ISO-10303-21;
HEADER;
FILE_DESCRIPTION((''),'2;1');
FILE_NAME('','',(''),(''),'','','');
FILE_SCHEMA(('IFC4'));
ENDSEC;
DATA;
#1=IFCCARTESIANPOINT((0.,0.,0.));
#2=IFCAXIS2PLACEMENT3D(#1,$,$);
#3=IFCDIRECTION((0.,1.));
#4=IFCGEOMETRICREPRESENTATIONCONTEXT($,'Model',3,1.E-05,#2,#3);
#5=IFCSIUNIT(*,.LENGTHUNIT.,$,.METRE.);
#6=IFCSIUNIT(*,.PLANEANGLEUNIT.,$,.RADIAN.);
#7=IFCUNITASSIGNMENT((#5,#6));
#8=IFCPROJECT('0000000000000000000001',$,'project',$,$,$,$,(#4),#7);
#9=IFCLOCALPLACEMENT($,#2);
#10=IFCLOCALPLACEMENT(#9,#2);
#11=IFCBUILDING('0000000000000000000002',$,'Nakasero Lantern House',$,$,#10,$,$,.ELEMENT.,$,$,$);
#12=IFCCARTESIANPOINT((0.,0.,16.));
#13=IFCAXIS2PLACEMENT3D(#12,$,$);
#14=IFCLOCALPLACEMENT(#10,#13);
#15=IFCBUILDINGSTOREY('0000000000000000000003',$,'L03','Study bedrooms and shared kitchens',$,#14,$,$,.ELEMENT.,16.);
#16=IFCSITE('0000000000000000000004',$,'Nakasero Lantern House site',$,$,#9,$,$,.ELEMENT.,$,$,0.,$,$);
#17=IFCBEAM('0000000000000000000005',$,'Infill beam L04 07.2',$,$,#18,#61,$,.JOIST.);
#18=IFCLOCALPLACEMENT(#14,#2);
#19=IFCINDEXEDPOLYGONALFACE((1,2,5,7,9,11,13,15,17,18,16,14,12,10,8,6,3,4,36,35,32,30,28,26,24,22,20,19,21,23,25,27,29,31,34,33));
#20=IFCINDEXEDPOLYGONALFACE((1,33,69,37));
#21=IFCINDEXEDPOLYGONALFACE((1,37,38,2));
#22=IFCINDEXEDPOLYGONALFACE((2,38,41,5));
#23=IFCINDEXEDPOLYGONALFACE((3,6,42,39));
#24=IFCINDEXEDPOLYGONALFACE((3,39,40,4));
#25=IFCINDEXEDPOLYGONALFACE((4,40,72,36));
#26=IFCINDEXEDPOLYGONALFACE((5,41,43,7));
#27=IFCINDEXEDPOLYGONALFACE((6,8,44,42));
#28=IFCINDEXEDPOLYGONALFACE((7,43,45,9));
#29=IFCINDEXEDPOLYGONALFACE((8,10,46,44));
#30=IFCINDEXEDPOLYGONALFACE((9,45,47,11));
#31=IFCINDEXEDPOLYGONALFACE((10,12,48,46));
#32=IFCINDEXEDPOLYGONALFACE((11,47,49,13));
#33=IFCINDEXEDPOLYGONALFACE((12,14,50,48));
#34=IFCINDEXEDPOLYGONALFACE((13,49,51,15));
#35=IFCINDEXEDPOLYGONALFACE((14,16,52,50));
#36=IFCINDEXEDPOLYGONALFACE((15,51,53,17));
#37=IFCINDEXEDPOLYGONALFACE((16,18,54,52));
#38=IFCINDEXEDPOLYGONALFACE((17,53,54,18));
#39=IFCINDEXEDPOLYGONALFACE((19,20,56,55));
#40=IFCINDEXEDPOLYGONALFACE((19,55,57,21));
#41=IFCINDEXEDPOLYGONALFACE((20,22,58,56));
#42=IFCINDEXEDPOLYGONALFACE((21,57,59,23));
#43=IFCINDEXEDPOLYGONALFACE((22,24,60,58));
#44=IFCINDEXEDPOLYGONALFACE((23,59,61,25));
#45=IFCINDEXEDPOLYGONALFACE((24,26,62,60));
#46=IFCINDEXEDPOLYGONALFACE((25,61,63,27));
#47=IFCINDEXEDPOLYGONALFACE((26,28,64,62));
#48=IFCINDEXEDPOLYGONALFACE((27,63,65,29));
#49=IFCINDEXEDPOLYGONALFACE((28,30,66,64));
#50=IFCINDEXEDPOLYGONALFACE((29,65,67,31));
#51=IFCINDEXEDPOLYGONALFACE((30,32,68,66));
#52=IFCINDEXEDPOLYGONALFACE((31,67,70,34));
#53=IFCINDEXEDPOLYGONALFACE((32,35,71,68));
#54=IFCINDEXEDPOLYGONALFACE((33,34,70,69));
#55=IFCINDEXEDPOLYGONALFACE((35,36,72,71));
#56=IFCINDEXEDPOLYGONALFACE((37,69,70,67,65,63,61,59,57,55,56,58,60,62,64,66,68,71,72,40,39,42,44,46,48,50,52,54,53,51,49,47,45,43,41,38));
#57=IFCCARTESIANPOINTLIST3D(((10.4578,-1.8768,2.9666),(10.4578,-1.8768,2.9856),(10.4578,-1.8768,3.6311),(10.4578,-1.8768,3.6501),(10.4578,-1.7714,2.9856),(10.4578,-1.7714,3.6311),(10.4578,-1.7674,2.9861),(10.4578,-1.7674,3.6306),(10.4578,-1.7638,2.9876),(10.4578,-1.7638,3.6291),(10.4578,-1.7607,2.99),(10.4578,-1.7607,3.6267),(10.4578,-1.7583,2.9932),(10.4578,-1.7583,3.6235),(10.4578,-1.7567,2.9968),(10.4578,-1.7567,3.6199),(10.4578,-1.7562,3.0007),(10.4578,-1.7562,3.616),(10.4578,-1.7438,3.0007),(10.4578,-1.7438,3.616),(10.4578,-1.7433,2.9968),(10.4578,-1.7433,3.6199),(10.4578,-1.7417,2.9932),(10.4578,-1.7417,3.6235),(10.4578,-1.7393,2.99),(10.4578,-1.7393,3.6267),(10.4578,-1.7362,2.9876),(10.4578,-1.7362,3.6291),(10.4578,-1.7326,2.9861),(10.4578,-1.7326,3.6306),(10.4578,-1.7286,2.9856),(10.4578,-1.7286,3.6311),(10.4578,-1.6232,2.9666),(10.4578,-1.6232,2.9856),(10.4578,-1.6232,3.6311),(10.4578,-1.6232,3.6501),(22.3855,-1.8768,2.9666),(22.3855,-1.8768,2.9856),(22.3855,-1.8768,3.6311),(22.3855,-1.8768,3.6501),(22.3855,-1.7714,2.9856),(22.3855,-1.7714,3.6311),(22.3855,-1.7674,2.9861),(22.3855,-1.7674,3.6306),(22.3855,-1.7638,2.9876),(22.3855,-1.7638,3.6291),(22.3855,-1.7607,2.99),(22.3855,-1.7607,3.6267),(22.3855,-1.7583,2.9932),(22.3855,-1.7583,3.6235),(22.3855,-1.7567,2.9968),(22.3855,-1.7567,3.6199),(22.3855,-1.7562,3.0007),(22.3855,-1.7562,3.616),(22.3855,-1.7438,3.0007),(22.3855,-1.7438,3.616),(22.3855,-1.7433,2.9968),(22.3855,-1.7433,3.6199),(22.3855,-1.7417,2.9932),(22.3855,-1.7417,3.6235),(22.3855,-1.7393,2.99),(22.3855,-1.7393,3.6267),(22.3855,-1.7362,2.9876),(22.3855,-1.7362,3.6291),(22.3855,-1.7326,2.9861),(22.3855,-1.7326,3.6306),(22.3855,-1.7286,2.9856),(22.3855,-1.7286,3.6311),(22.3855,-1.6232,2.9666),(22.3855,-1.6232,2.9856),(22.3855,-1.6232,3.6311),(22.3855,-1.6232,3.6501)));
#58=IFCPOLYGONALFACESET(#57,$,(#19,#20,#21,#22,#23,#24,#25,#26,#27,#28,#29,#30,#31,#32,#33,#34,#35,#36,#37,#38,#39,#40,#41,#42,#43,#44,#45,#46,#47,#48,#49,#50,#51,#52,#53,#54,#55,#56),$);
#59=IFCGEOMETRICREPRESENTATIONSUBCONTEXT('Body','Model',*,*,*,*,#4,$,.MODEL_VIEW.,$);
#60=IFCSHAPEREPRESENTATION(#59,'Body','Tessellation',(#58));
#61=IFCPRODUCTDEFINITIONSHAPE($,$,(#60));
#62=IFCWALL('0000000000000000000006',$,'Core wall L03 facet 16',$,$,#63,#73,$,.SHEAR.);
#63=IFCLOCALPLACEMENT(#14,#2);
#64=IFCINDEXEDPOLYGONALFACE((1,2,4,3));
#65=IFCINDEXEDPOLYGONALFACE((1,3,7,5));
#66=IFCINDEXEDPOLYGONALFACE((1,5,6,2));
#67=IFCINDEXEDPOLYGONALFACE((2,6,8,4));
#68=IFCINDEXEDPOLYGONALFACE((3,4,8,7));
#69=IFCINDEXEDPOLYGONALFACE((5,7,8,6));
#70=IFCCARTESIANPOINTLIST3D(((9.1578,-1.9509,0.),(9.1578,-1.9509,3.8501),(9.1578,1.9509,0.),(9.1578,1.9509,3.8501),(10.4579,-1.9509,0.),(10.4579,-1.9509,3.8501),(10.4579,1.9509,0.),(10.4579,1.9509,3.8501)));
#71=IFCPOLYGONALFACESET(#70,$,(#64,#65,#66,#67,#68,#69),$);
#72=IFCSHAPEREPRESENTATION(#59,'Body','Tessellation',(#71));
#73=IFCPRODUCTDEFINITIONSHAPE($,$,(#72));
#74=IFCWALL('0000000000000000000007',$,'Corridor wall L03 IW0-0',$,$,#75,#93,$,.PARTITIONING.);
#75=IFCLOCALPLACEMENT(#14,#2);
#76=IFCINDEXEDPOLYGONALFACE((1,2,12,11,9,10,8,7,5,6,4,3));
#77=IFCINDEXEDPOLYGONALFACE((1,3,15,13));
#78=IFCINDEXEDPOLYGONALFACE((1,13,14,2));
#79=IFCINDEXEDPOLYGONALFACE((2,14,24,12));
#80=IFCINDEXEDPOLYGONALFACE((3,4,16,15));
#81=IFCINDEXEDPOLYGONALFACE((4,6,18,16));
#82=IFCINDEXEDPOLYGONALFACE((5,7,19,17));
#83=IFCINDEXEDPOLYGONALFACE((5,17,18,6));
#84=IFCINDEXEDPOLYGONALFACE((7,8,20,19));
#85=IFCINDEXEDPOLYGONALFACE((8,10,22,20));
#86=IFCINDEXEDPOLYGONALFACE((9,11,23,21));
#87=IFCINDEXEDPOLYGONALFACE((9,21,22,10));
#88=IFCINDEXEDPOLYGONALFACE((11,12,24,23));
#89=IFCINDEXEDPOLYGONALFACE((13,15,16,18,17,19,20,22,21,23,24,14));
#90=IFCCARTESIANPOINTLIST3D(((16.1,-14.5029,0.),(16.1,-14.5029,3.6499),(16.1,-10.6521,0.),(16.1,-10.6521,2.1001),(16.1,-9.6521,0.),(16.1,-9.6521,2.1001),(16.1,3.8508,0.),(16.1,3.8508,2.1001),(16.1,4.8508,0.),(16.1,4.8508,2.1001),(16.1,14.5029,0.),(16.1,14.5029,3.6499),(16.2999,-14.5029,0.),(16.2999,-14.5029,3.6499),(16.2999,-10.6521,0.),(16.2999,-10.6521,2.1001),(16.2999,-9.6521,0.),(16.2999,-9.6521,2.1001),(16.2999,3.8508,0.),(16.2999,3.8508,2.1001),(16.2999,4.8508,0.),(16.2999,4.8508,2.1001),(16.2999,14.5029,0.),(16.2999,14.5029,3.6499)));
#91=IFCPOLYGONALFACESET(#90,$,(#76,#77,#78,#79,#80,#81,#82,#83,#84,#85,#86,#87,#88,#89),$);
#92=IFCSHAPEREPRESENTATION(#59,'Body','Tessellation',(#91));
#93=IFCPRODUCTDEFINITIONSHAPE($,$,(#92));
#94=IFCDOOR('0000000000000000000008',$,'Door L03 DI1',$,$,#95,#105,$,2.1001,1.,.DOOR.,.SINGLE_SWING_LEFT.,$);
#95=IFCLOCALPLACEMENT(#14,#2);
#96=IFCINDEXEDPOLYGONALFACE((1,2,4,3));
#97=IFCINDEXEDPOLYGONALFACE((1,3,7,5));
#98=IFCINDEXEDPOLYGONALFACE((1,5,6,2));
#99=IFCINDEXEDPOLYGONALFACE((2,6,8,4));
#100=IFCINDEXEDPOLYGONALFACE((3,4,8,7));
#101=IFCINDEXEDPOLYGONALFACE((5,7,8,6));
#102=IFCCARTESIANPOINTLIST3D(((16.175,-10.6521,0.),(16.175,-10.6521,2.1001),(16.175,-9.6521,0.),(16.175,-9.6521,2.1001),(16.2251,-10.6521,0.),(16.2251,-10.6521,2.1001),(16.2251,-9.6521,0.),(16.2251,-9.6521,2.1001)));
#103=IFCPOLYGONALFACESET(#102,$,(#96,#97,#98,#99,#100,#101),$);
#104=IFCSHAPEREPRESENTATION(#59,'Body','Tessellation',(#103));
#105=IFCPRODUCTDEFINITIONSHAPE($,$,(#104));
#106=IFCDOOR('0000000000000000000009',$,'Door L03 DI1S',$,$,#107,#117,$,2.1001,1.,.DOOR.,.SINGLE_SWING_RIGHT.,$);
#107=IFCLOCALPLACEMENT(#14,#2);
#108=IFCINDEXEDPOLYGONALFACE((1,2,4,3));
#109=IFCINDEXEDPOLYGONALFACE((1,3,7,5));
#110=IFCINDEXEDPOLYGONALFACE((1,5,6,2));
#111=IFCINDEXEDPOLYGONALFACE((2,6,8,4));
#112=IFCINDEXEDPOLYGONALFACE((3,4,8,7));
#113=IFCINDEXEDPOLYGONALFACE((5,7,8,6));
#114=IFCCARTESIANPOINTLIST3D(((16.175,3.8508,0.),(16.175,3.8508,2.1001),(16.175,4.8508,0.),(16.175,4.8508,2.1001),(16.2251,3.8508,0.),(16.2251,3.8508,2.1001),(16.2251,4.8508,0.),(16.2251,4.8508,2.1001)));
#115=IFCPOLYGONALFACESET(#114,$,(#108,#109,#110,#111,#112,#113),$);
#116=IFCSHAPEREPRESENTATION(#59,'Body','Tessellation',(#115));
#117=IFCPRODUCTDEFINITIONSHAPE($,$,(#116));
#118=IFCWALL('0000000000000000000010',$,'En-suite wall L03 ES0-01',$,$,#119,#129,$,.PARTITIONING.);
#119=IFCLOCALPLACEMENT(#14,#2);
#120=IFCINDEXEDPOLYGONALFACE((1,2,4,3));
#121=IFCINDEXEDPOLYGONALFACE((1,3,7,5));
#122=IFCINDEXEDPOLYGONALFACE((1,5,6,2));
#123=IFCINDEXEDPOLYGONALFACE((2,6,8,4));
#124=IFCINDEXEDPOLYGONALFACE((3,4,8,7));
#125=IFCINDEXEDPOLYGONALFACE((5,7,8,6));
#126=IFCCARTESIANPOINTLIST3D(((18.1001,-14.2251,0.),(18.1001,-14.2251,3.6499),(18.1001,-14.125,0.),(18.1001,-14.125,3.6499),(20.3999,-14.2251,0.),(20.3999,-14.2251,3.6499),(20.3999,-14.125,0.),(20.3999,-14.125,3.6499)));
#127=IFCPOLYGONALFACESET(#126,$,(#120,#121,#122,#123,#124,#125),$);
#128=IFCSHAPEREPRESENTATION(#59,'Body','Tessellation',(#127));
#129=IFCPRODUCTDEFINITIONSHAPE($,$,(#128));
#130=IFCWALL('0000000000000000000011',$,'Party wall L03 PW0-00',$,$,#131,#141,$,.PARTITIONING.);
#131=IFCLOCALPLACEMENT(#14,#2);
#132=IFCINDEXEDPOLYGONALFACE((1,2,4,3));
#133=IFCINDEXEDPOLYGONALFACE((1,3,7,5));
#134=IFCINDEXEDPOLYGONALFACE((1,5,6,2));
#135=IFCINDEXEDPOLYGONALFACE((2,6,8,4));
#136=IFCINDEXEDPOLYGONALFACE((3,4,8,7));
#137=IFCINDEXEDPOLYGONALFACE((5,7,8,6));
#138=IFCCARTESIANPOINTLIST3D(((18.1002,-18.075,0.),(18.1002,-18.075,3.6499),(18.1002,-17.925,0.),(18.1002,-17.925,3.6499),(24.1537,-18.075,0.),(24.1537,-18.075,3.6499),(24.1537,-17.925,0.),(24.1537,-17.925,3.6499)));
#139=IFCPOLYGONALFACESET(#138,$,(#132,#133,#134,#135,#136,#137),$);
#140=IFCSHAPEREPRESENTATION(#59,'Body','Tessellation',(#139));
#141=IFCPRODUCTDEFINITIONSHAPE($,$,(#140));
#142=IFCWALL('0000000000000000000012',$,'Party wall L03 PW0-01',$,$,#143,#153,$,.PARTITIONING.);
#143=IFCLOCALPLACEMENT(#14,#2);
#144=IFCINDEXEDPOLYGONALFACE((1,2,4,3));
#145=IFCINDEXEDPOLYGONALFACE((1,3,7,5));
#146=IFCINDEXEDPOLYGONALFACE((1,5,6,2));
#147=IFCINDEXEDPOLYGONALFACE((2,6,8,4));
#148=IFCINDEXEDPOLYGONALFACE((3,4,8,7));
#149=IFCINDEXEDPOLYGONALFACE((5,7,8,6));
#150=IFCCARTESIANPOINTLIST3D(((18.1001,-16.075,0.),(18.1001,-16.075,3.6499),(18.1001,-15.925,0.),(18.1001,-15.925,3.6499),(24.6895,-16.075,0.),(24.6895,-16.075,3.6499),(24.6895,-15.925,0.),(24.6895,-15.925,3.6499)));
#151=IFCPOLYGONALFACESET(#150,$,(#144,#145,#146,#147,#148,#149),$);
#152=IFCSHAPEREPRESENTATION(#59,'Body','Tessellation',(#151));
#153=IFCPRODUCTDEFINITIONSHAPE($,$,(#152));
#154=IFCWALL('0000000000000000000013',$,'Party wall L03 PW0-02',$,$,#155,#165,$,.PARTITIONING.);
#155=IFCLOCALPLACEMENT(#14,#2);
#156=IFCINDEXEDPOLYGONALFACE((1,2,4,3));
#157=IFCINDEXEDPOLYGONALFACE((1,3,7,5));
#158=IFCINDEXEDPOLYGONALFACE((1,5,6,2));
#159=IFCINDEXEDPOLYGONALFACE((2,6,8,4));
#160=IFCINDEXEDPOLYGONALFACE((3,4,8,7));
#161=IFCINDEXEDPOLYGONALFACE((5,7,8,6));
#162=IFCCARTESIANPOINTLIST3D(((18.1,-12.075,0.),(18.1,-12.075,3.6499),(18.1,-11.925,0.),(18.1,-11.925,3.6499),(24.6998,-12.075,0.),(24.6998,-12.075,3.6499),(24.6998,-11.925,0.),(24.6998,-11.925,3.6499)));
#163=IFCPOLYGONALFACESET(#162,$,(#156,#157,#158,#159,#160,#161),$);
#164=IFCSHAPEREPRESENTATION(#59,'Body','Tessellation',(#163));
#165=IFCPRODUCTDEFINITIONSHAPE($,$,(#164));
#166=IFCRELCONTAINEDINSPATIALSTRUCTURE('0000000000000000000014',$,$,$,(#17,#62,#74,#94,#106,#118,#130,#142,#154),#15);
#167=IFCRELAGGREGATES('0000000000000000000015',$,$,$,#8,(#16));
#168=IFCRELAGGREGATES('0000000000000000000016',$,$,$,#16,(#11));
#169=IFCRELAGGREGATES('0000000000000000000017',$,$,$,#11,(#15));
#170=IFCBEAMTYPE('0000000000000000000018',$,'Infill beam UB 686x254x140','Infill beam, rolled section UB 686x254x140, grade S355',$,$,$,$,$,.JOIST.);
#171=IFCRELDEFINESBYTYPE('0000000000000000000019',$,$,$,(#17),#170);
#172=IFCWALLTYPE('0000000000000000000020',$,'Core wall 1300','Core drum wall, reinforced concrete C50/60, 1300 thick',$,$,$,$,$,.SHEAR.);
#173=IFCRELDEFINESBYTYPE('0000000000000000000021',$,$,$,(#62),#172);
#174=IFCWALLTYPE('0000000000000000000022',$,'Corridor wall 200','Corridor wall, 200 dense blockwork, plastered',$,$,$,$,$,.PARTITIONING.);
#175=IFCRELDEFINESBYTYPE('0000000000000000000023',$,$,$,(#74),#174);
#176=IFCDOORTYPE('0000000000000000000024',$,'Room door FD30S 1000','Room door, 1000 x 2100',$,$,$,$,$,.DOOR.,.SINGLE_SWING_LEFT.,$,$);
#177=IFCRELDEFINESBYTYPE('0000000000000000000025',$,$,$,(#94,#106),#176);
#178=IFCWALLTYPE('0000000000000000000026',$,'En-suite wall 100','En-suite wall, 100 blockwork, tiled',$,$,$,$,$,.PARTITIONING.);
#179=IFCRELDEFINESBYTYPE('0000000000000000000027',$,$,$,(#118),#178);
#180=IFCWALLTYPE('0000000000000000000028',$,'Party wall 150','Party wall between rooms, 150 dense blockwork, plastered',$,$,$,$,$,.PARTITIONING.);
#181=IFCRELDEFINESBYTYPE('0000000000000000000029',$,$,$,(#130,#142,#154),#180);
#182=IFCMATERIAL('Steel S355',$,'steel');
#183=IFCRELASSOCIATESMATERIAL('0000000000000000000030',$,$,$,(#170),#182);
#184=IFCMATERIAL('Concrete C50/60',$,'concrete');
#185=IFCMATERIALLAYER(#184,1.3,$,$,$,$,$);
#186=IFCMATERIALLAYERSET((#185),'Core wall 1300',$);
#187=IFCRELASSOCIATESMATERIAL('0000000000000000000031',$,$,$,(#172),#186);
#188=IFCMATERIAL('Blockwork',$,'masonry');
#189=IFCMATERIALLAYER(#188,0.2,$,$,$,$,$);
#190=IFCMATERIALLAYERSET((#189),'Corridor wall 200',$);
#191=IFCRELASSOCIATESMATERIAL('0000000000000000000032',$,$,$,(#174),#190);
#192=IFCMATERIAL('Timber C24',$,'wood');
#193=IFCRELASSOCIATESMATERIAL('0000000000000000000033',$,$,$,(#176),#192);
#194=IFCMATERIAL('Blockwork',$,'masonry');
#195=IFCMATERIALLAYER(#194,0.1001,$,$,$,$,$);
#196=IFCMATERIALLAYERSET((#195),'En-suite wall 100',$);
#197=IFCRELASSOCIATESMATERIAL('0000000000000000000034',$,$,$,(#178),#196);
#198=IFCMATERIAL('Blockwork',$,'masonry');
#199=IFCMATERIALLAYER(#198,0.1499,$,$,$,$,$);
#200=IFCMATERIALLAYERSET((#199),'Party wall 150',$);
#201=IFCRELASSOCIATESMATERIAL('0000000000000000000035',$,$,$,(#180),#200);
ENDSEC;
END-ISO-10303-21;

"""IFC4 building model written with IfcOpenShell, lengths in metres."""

from ifc_helpers import new_model, si_unit, direction, frame, frame_2d, origin, origin_2d, place, context, subcontext, project, spatial, rectangle, i_section, extrude, material, layer, layer_set, material_profile, profile_set, type_object, element, fill, save


model = new_model("IFC4")

# Units and contexts
model_context = context("Model", 3, precision=1e-05, world=origin(), true_north=direction((0.0, 1.0)))
body_context = subcontext(model_context, "Body", "Model", "MODEL_VIEW")
ifc_project = project(units=[si_unit("LENGTHUNIT", "METRE"), si_unit("PLANEANGLEUNIT", "RADIAN")], contexts=[model_context])

# Site, building, storey
site_placement = place(None, origin())
site = spatial("IfcSite", under=ifc_project, at=site_placement, Name="Nakasero Lantern House site", CompositionType="ELEMENT", RefElevation=0.0)
building_placement = place(site_placement, origin())
building = spatial("IfcBuilding", under=site, at=building_placement, Name="Nakasero Lantern House", CompositionType="ELEMENT")
storey_placement = place(building_placement, frame((0.0, 0.0, 16.0)))
storey = spatial("IfcBuildingStorey", under=building, at=storey_placement, Name="L03", Description="Study bedrooms and shared kitchens", CompositionType="ELEMENT", Elevation=16.0)

# Beam
ifc_material_1 = material(Name="Steel S355", Category="steel")
ifc_material_profile_1 = material_profile(ifc_material_1, i_section(OverallWidth=0.2537, OverallDepth=0.6836, WebThickness=0.0125, FlangeThickness=0.019, FilletRadius=0.0151, at=origin_2d()), Name="UB 686x254x140")
ifc_profile_set_1 = profile_set([ifc_material_profile_1], Name="Steel S355")
beam_type_1 = type_object("IfcBeamType", Name="Infill beam UB 686x254x140", Description="Infill beam, rolled section UB 686x254x140, grade S355", PredefinedType="JOIST", material=ifc_profile_set_1)
beam_1_placement = place(storey_placement, frame((10.4578, -1.75, 3.3083), z_axis=(1.0, 0.0, 0.0), x_axis=(0.0, 1.0, 0.0)))
element("IfcBeam", 1, at=beam_1_placement, inside=storey, type_object=beam_type_1, Name="Infill beam L04 07.2", PredefinedType="JOIST", context=body_context, shape_type="SweptSolid", body=[
    extrude(i_section(OverallWidth=0.2537, OverallDepth=0.6836, WebThickness=0.0125, FlangeThickness=0.019, FilletRadius=0.0151, at=origin_2d()), origin(), (0.0, 0.0, 1.0), 11.9277),
])

# Wall
ifc_material_2 = material(Name="Concrete C50/60", Category="concrete")
ifc_layer_1 = layer(ifc_material_2, 1.3)
ifc_layer_set_1 = layer_set([ifc_layer_1], Name="Core wall 1300")
wall_type_1 = type_object("IfcWallType", Name="Core wall 1300", Description="Core drum wall, reinforced concrete C50/60, 1300 thick", PredefinedType="SHEAR", material=ifc_layer_set_1)
wall_1_placement = place(storey_placement, frame((9.8079, -1.9509, 0.0), z_axis=(0.0, 0.0, 1.0), x_axis=(0.0, 1.0, 0.0)))
element("IfcWall", 2, at=wall_1_placement, inside=storey, type_object=wall_type_1, Name="Core wall L03 facet 16", PredefinedType="SHEAR", context=body_context, shape_type="SweptSolid", body=[
    extrude(rectangle(XDim=3.9019, YDim=1.3, at=frame_2d((1.9509, 0.0))), origin(), (0.0, 0.0, 1.0), 3.8501),
])

# Wall, openings, doors
ifc_material_3 = material(Name="Blockwork", Category="masonry")
ifc_layer_2 = layer(ifc_material_3, 0.2)
ifc_layer_set_2 = layer_set([ifc_layer_2], Name="Corridor wall 200")
wall_type_2 = type_object("IfcWallType", Name="Corridor wall 200", Description="Corridor wall, 200 dense blockwork, plastered", PredefinedType="PARTITIONING", material=ifc_layer_set_2)
ifc_material_4 = material(Name="Timber C24", Category="wood")
door_type_1 = type_object("IfcDoorType", Name="Room door FD30S 1000", Description="Room door, 1000 x 2100", OperationType="SINGLE_SWING_LEFT", PredefinedType="DOOR", material=ifc_material_4)
wall_2_placement = place(storey_placement, frame((16.2, -14.5029, 0.0), z_axis=(0.0, 0.0, 1.0), x_axis=(0.0, 1.0, 0.0)))
wall_2 = element("IfcWall", 3, at=wall_2_placement, inside=storey, type_object=wall_type_2, Name="Corridor wall L03 IW0-0", PredefinedType="PARTITIONING", context=body_context, shape_type="SweptSolid", body=[
    extrude(rectangle(XDim=29.0059, YDim=0.2, at=frame_2d((14.5029, 0.0))), origin(), (0.0, 0.0, 1.0), 3.6499),
])
opening_1_placement = place(wall_2_placement, frame((3.8508, 0.0, 0.0)))
opening_1 = element("IfcOpeningElement", 4, at=opening_1_placement, cuts=wall_2, PredefinedType="OPENING", context=body_context, shape_type="SweptSolid", body=[
    extrude(rectangle(XDim=1.0, YDim=2.1001, at=frame_2d((0.5, 1.05))), frame((0.0, 0.1199, 0.0), z_axis=(0.0, -1.0, 0.0), x_axis=(1.0, 0.0, 0.0)), (0.0, 0.0, 1.0), 0.24),
])
opening_2_placement = place(wall_2_placement, frame((18.3538, 0.0, 0.0)))
opening_2 = element("IfcOpeningElement", 5, at=opening_2_placement, cuts=wall_2, PredefinedType="OPENING", context=body_context, shape_type="SweptSolid", body=[
    extrude(rectangle(XDim=1.0, YDim=2.1001, at=frame_2d((0.5, 1.05))), frame((0.0, 0.1199, 0.0), z_axis=(0.0, -1.0, 0.0), x_axis=(1.0, 0.0, 0.0)), (0.0, 0.0, 1.0), 0.24),
])
door_1_placement = place(opening_1_placement, origin())
door_1 = element("IfcDoor", 6, at=door_1_placement, inside=storey, type_object=door_type_1, Name="Door L03 DI1", OperationType="SINGLE_SWING_LEFT", OverallHeight=2.1001, OverallWidth=1.0, PredefinedType="DOOR", context=body_context, shape_type="SweptSolid", body=[
    extrude(rectangle(XDim=1.0, YDim=2.1001, at=frame_2d((0.5, 1.05))), frame((0.0, 0.0249, 0.0), z_axis=(0.0, -1.0, 0.0), x_axis=(1.0, 0.0, 0.0)), (0.0, 0.0, 1.0), 0.05),
])
fill(opening_1, door_1)
door_2_placement = place(opening_2_placement, origin())
door_2 = element("IfcDoor", 7, at=door_2_placement, inside=storey, type_object=door_type_1, Name="Door L03 DI1S", OperationType="SINGLE_SWING_RIGHT", OverallHeight=2.1001, OverallWidth=1.0, PredefinedType="DOOR", context=body_context, shape_type="SweptSolid", body=[
    extrude(rectangle(XDim=1.0, YDim=2.1001, at=frame_2d((0.5, 1.05))), frame((0.0, 0.0249, 0.0), z_axis=(0.0, -1.0, 0.0), x_axis=(1.0, 0.0, 0.0)), (0.0, 0.0, 1.0), 0.05),
])
fill(opening_2, door_2)

# Walls
ifc_material_5 = material(Name="Blockwork", Category="masonry")
ifc_layer_3 = layer(ifc_material_5, 0.1001)
ifc_layer_set_3 = layer_set([ifc_layer_3], Name="En-suite wall 100")
wall_type_3 = type_object("IfcWallType", Name="En-suite wall 100", Description="En-suite wall, 100 blockwork, tiled", PredefinedType="PARTITIONING", material=ifc_layer_set_3)
wall_3_placement = place(storey_placement, frame((18.1001, -14.175, 0.0), z_axis=(0.0, 0.0, 1.0), x_axis=(1.0, 0.0, 0.0)))
element("IfcWall", 8, at=wall_3_placement, inside=storey, type_object=wall_type_3, Name="En-suite wall L03 ES0-01", PredefinedType="PARTITIONING", context=body_context, shape_type="SweptSolid", body=[
    extrude(rectangle(XDim=2.2998, YDim=0.1001, at=frame_2d((1.1499, 0.0))), origin(), (0.0, 0.0, 1.0), 3.6499),
])
ifc_material_6 = material(Name="Blockwork", Category="masonry")
ifc_layer_4 = layer(ifc_material_6, 0.1499)
ifc_layer_set_4 = layer_set([ifc_layer_4], Name="Party wall 150")
wall_type_4 = type_object("IfcWallType", Name="Party wall 150", Description="Party wall between rooms, 150 dense blockwork, plastered", PredefinedType="PARTITIONING", material=ifc_layer_set_4)
wall_4_placement = place(storey_placement, frame((18.1001, -18.0, 0.0), z_axis=(0.0, 0.0, 1.0), x_axis=(1.0, 0.0, 0.0)))
element("IfcWall", 9, at=wall_4_placement, inside=storey, type_object=wall_type_4, Name="Party wall L03 PW0-00", PredefinedType="PARTITIONING", context=body_context, shape_type="SweptSolid", body=[
    extrude(rectangle(XDim=6.0535, YDim=0.1499, at=frame_2d((3.0269, 0.0))), origin(), (0.0, 0.0, 1.0), 3.6499),
])
wall_5_placement = place(storey_placement, frame((18.1001, -16.0, 0.0), z_axis=(0.0, 0.0, 1.0), x_axis=(1.0, 0.0, 0.0)))
element("IfcWall", 10, at=wall_5_placement, inside=storey, type_object=wall_type_4, Name="Party wall L03 PW0-01", PredefinedType="PARTITIONING", context=body_context, shape_type="SweptSolid", body=[
    extrude(rectangle(XDim=6.5894, YDim=0.1499, at=frame_2d((3.2947, 0.0))), origin(), (0.0, 0.0, 1.0), 3.6499),
])
wall_6_placement = place(storey_placement, frame((18.1001, -12.0, 0.0), z_axis=(0.0, 0.0, 1.0), x_axis=(1.0, 0.0, 0.0)))
element("IfcWall", 11, at=wall_6_placement, inside=storey, type_object=wall_type_4, Name="Party wall L03 PW0-02", PredefinedType="PARTITIONING", context=body_context, shape_type="SweptSolid", body=[
    extrude(rectangle(XDim=6.5999, YDim=0.1499, at=frame_2d((3.2998, 0.0))), origin(), (0.0, 0.0, 1.0), 3.6499),
])

save(model, "model.ifc")
